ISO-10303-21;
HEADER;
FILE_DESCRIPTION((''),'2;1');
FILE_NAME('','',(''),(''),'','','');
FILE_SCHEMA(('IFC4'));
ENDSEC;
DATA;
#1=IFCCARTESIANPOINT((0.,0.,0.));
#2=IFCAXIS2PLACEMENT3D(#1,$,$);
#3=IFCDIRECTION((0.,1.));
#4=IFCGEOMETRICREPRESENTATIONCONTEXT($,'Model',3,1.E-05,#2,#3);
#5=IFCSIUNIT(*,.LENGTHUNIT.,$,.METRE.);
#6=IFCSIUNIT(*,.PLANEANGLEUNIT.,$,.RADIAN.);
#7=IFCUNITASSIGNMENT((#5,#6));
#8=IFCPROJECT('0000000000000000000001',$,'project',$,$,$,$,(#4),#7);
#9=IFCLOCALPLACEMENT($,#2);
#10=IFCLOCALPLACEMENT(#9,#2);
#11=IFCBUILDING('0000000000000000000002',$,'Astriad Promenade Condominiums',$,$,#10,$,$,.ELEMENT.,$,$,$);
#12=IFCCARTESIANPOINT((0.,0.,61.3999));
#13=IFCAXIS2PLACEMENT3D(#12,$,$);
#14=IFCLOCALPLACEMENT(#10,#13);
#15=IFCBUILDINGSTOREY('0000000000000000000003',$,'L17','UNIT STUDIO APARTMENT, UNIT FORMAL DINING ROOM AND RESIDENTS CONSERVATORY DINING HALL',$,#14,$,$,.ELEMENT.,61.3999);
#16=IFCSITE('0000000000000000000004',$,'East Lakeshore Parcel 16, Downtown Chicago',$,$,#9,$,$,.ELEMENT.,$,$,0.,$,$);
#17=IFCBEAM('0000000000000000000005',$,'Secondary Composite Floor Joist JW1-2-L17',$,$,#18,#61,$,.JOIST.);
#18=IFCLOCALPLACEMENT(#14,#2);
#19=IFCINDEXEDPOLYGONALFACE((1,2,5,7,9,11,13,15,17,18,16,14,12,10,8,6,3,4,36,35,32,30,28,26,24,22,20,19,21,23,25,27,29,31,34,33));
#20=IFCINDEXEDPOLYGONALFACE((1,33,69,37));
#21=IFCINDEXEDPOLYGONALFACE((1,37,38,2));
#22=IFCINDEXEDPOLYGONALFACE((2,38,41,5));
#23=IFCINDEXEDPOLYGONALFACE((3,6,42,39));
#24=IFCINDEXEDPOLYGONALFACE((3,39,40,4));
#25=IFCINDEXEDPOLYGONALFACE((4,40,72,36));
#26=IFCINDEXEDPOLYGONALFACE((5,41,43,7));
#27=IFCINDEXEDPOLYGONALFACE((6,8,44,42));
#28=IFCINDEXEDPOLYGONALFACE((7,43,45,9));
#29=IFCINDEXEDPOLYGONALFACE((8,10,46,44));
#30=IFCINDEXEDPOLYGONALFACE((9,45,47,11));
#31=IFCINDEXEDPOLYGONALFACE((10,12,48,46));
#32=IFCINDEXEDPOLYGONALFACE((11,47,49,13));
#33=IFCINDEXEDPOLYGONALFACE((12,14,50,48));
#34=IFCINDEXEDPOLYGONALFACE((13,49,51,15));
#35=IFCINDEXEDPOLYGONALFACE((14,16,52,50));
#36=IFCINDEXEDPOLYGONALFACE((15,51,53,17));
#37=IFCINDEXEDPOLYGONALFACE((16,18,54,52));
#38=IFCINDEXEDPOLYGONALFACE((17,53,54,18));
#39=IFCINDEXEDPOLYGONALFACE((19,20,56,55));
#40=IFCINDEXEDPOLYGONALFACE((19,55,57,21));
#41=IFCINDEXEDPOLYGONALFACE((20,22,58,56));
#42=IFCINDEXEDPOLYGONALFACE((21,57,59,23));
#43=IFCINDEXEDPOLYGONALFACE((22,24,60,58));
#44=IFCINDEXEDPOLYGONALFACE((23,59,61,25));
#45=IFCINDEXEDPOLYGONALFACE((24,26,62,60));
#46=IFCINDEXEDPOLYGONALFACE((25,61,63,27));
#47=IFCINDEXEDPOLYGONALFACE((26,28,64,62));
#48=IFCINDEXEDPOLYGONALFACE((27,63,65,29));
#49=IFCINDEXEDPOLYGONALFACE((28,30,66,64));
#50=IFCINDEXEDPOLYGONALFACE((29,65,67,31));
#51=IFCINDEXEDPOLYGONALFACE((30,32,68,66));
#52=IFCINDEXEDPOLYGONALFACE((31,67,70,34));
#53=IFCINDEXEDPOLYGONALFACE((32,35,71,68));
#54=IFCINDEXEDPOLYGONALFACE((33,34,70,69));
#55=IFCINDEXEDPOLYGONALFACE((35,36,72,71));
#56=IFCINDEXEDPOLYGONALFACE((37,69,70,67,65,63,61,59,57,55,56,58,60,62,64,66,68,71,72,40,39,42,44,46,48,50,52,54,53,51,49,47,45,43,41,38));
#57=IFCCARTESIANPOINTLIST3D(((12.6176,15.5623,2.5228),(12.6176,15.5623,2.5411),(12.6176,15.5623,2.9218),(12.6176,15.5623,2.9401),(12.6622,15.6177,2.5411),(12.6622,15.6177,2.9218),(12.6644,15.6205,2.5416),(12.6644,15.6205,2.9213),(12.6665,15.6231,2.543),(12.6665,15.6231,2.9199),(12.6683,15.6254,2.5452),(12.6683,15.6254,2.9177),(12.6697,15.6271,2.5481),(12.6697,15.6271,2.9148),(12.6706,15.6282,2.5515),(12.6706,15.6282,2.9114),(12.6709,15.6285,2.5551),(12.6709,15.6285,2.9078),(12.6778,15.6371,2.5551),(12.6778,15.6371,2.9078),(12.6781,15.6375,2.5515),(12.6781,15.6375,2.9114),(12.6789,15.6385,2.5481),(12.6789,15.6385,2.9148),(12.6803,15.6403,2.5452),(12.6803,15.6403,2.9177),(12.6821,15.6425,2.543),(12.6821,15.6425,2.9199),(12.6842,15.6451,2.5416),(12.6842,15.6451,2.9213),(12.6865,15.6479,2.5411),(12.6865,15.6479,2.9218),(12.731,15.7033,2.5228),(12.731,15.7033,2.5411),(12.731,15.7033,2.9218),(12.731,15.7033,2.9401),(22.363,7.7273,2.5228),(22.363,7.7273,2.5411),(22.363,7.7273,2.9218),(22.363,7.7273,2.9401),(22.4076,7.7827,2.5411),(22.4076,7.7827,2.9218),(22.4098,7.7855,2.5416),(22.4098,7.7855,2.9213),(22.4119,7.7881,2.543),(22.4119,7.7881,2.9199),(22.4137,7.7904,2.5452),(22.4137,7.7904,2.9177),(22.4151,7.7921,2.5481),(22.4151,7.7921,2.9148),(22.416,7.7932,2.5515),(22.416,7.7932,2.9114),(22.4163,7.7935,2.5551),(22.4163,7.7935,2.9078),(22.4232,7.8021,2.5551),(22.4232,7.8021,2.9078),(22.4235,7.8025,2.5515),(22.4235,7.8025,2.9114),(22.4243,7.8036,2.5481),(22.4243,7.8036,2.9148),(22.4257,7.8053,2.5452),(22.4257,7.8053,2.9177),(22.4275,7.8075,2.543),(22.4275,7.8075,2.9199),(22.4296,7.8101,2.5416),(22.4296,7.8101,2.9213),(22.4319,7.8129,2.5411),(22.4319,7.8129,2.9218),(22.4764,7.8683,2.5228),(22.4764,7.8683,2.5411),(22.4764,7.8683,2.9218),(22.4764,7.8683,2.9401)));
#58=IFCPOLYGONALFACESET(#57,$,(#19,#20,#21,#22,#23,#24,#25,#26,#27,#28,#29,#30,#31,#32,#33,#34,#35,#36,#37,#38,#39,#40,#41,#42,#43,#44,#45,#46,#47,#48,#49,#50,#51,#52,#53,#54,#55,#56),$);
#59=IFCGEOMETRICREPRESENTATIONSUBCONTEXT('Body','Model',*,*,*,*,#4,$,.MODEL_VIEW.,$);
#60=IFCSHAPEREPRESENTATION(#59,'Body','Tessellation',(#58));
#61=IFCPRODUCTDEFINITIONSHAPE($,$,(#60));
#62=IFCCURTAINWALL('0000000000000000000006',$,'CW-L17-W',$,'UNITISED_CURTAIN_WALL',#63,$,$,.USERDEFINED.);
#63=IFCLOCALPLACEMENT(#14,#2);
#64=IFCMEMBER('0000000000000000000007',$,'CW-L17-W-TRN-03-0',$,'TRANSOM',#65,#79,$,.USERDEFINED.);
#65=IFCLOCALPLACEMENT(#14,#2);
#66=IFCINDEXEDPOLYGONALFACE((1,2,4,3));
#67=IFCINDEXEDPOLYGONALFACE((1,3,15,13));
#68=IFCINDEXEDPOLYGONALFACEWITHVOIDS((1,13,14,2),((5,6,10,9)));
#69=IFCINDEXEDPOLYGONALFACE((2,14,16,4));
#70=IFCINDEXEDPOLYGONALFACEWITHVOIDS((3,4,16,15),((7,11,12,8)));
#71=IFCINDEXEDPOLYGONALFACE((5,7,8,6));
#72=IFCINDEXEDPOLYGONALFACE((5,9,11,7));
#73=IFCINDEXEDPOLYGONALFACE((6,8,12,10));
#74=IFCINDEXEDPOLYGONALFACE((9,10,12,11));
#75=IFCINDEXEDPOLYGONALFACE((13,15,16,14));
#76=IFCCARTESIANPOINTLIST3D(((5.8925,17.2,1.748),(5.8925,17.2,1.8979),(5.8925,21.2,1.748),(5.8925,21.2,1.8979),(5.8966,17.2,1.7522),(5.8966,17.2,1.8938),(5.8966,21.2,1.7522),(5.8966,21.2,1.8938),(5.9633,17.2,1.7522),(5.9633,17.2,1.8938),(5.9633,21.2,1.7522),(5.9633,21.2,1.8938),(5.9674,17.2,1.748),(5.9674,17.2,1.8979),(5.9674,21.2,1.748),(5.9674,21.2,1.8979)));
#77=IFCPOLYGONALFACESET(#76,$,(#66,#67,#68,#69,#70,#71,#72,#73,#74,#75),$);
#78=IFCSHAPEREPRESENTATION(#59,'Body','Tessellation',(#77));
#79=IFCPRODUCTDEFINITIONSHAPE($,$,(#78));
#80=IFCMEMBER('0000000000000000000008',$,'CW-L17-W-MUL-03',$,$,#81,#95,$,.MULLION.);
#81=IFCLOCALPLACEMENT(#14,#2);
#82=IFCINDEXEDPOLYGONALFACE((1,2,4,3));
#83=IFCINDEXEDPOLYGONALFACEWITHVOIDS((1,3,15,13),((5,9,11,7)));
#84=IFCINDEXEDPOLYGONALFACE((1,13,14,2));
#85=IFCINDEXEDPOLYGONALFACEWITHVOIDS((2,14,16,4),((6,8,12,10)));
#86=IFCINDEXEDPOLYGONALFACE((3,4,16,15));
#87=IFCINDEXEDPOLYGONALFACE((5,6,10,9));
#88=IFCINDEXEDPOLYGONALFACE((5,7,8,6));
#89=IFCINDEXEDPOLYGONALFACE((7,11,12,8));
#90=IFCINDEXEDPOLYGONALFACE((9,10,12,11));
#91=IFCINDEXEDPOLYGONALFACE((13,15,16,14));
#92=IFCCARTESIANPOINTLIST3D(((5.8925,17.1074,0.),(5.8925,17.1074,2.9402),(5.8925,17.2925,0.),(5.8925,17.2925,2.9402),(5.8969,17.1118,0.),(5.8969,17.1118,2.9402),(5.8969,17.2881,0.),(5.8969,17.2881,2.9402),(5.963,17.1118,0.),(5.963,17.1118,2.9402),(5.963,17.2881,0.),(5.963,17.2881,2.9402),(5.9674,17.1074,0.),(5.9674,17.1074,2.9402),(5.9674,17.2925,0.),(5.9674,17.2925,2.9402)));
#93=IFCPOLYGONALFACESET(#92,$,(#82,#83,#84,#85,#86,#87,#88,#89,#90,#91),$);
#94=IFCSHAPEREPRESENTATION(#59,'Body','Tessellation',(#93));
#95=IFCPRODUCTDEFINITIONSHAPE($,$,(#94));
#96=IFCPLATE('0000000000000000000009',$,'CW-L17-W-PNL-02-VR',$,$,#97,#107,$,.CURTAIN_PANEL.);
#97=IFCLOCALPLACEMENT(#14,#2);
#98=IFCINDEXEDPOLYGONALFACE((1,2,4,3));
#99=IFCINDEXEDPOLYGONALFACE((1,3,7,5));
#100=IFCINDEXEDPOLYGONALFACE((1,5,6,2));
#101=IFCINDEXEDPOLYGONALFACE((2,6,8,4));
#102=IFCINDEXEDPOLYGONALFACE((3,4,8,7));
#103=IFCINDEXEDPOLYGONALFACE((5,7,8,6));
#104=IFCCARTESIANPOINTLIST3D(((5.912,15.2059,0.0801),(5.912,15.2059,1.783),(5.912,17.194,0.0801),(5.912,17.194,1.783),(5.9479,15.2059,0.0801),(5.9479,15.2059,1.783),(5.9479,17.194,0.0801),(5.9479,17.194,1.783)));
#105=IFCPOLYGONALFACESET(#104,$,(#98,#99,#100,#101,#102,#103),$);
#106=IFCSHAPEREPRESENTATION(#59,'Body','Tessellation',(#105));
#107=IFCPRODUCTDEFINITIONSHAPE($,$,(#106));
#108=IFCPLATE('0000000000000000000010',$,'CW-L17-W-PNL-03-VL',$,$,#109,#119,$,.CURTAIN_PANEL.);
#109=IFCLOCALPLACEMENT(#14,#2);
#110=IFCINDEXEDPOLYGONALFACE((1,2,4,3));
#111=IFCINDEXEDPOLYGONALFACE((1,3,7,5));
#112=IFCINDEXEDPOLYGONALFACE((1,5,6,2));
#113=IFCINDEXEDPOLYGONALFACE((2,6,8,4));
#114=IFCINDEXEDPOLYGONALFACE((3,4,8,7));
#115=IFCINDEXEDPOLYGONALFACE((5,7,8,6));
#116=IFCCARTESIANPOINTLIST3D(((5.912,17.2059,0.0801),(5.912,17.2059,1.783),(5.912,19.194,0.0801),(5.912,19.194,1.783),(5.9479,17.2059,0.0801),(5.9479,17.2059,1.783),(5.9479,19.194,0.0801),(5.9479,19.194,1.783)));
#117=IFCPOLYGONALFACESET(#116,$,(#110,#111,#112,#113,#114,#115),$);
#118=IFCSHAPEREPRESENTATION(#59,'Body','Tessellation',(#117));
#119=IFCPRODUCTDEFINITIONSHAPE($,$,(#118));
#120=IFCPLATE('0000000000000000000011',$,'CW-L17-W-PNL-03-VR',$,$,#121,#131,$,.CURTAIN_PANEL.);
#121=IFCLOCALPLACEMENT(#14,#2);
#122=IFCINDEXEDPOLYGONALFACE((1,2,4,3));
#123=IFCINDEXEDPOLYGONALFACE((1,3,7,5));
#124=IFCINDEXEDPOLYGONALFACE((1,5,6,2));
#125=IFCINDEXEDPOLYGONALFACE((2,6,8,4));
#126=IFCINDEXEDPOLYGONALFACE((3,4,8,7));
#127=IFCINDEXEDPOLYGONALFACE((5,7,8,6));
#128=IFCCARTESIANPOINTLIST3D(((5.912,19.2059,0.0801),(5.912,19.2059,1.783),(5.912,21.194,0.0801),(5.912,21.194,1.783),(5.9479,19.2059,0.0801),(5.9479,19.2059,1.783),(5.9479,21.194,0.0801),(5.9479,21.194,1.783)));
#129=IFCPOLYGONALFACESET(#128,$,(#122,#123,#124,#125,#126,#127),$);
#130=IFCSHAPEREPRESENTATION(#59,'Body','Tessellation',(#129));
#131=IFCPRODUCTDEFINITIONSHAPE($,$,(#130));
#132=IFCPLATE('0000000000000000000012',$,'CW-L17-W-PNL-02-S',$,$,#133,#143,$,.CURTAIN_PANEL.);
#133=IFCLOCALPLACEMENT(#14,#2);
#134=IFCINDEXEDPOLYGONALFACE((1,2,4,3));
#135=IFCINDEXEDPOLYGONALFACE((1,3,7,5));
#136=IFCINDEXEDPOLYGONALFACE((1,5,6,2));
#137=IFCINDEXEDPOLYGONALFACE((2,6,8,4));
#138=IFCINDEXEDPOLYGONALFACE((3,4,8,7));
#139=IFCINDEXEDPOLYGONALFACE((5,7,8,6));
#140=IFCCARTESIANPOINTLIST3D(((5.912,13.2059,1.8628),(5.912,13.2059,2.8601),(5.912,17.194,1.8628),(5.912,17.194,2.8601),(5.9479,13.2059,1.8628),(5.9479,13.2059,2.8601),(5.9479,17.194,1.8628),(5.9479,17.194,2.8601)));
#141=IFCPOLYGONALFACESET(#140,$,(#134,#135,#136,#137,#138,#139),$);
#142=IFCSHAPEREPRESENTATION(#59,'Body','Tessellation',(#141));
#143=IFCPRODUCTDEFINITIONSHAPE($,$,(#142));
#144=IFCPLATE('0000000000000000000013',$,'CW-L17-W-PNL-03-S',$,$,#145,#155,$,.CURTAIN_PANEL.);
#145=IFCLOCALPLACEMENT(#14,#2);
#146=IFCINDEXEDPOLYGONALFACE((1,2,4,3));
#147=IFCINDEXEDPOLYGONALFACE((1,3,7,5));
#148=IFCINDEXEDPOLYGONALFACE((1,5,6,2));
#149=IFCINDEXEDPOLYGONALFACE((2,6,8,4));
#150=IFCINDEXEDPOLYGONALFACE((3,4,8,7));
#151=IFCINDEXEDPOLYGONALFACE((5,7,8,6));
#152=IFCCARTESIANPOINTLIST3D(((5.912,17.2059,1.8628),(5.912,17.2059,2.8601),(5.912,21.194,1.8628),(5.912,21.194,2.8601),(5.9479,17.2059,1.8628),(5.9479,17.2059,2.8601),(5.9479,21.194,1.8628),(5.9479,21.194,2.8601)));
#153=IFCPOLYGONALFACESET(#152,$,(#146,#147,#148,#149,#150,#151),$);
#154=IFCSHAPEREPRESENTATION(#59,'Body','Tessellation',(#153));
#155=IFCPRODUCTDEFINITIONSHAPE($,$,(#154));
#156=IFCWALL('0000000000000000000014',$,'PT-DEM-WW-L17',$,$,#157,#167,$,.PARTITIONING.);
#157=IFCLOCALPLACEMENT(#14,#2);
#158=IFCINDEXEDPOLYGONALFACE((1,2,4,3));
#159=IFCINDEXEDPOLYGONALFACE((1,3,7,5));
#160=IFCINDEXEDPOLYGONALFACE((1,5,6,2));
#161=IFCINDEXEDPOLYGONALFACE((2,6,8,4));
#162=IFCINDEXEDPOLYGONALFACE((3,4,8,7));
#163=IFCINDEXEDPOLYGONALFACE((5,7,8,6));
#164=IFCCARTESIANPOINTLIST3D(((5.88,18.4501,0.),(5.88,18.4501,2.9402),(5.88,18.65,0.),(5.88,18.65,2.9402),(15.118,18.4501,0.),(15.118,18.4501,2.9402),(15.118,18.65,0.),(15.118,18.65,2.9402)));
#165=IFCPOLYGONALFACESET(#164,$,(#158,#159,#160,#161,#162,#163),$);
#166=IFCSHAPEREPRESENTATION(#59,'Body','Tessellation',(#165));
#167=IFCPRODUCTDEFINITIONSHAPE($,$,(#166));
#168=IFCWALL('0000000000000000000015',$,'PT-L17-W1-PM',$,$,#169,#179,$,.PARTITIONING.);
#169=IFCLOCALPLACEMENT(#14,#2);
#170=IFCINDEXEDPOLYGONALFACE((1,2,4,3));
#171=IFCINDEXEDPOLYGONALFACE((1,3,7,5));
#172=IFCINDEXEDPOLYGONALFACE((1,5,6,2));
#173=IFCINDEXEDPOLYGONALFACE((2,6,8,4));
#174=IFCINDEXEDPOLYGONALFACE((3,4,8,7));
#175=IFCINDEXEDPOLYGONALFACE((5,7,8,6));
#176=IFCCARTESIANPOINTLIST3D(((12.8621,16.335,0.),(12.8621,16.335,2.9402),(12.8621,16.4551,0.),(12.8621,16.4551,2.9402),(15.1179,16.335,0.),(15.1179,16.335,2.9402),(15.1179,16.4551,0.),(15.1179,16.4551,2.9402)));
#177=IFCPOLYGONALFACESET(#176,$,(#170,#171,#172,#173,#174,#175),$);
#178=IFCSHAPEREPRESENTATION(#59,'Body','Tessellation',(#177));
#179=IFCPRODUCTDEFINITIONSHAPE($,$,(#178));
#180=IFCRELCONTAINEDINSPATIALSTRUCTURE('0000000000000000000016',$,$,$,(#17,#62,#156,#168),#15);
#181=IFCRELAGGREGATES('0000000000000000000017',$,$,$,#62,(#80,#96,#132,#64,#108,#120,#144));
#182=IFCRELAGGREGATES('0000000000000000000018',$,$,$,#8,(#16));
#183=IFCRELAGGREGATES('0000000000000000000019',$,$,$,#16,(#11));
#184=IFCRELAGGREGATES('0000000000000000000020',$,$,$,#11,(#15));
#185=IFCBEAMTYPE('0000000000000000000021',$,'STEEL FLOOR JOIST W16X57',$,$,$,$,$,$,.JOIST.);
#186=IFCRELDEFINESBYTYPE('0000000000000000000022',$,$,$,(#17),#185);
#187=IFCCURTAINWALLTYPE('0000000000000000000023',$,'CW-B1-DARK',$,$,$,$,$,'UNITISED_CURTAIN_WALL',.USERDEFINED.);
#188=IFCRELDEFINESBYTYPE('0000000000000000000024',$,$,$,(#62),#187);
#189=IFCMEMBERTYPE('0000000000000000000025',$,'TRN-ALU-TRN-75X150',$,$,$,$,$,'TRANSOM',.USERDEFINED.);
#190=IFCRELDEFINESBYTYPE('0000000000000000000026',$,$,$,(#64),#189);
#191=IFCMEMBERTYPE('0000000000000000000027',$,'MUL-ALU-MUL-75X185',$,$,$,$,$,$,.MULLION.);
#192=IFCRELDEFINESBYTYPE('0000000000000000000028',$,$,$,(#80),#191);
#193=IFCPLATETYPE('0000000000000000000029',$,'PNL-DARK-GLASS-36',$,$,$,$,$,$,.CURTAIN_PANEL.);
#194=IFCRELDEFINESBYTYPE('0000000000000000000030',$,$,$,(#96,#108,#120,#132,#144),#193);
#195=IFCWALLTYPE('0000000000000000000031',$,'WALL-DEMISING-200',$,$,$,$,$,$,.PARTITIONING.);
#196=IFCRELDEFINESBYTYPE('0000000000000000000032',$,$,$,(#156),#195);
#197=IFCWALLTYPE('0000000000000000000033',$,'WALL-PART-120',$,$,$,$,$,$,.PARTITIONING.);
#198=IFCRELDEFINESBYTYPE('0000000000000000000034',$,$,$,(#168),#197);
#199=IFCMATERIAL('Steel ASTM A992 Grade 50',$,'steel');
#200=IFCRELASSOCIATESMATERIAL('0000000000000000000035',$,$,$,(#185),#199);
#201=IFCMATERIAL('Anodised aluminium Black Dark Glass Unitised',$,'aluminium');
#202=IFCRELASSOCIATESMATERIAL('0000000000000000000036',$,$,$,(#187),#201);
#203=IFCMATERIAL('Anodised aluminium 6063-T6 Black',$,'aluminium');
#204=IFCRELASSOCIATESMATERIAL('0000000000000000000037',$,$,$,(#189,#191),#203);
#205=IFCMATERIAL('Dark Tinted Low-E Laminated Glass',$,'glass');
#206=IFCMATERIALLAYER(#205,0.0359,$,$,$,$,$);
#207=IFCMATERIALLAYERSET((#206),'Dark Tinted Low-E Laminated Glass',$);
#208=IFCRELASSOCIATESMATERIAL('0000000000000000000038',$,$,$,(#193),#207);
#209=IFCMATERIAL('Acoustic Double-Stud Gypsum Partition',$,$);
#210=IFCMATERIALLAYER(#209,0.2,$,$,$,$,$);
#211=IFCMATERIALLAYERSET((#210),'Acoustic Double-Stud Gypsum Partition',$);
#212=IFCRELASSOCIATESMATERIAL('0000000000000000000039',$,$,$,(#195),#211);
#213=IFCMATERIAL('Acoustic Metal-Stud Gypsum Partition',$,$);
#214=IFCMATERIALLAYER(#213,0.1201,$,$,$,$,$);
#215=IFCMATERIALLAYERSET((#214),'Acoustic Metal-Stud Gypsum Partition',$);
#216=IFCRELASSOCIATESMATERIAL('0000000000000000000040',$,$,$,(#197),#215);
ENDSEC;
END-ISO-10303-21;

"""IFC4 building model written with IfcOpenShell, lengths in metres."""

from ifc_helpers import new_model, si_unit, direction, frame, frame_2d, origin, origin_2d, place, context, subcontext, project, spatial, rectangle, hollow_rectangle, i_section, extrude, source, transform, mapped, material, layer, layer_set, material_profile, profile_set, type_object, type_shapes, element, aggregate, save


model = new_model("IFC4")

# Units and contexts
model_context = context("Model", 3, precision=1e-05, world=origin(), true_north=direction((0.0, 1.0)))
body_context = subcontext(model_context, "Body", "Model", "MODEL_VIEW")
ifc_project = project(units=[si_unit("LENGTHUNIT", "METRE"), si_unit("PLANEANGLEUNIT", "RADIAN")], contexts=[model_context])

# Site, building, storey
site_placement = place(None, origin())
site = spatial("IfcSite", under=ifc_project, at=site_placement, Name="East Lakeshore Parcel 16, Downtown Chicago", CompositionType="ELEMENT", RefElevation=0.0)
building_placement = place(site_placement, origin())
building = spatial("IfcBuilding", under=site, at=building_placement, Name="Astriad Promenade Condominiums", CompositionType="ELEMENT")
storey_placement = place(building_placement, frame((0.0, 0.0, 61.3999)))
storey = spatial("IfcBuildingStorey", under=building, at=storey_placement, Name="L17", Description="UNIT STUDIO APARTMENT, UNIT FORMAL DINING ROOM AND RESIDENTS CONSERVATORY DINING HALL", CompositionType="ELEMENT", Elevation=61.3999)

# Beam
ifc_material_1 = material(Name="Steel ASTM A992 Grade 50", Category="steel")
ifc_material_profile_1 = material_profile(ifc_material_1, i_section(OverallWidth=0.1809, OverallDepth=0.4172, WebThickness=0.011, FlangeThickness=0.0183, FilletRadius=0.0139, at=origin_2d()), Name="W16X57")
ifc_profile_set_1 = profile_set([ifc_material_profile_1], Name="Steel ASTM A992 Grade 50")
beam_type_1 = type_object("IfcBeamType", Name="STEEL FLOOR JOIST W16X57", PredefinedType="JOIST", material=ifc_profile_set_1)
shared_shape_1 = source(origin(), body_context, "Body", "SweptSolid", [
    extrude(i_section(OverallWidth=0.1809, OverallDepth=0.4172, WebThickness=0.011, FlangeThickness=0.0183, FilletRadius=0.0139, at=origin_2d()), origin(), (0.0, 0.0, 1.0), 12.5044),
])
beam_1_placement = place(storey_placement, frame((12.6743, 15.6328, 2.7314), z_axis=(0.779358, -0.626579, 0.0), x_axis=(0.626579, 0.779358, 0.0)))
element("IfcBeam", 1, at=beam_1_placement, inside=storey, type_object=beam_type_1, Name="Secondary Composite Floor Joist JW1-2-L17", PredefinedType="JOIST", context=body_context, shape_type="MappedRepresentation", body=[
    mapped(shared_shape_1, transform((0.0, 0.0, 0.0), scale=1.0)),
])

# Curtain wall, members, plates
ifc_material_2 = material(Name="Anodised aluminium Black Dark Glass Unitised", Category="aluminium")
curtain_wall_type = type_object("IfcCurtainWallType", Name="CW-B1-DARK", ElementType="UNITISED_CURTAIN_WALL", PredefinedType="USERDEFINED", material=ifc_material_2)
curtain_wall_placement = place(storey_placement, origin())
curtain_wall = element("IfcCurtainWall", 2, at=curtain_wall_placement, inside=storey, type_object=curtain_wall_type, Name="CW-L17-W", ObjectType="UNITISED_CURTAIN_WALL", PredefinedType="USERDEFINED")
ifc_material_3 = material(Name="Anodised aluminium 6063-T6 Black", Category="aluminium")
ifc_material_profile_2 = material_profile(ifc_material_3, hollow_rectangle(XDim=0.075, YDim=0.1499, WallThickness=0.0042, at=origin_2d()), Name="ALU-TRN-75X150")
ifc_profile_set_2 = profile_set([ifc_material_profile_2], Name="Anodised aluminium 6063-T6 Black")
member_type_1 = type_object("IfcMemberType", Name="TRN-ALU-TRN-75X150", ElementType="TRANSOM", PredefinedType="USERDEFINED", material=ifc_profile_set_2)
shared_shape_2 = source(origin(), body_context, "Body", "SweptSolid", [
    extrude(hollow_rectangle(XDim=0.075, YDim=0.1499, WallThickness=0.0042, at=origin_2d()), origin(), (0.0, 0.0, 1.0), 4.0),
])
type_shapes(member_type_1, [shared_shape_2])
member_1_placement = place(storey_placement, frame((5.9299, 17.2, 1.823), z_axis=(0.0, 1.0, 0.0), x_axis=(-1.0, 0.0, 0.0)))
member_1 = element("IfcMember", 3, at=member_1_placement, type_object=member_type_1, Name="CW-L17-W-TRN-03-0", ObjectType="TRANSOM", PredefinedType="USERDEFINED", context=body_context, shape_type="MappedRepresentation", body=[
    mapped(shared_shape_2, transform((0.0, 0.0, 0.0), scale=1.0)),
])
ifc_material_profile_3 = material_profile(ifc_material_3, hollow_rectangle(XDim=0.075, YDim=0.1851, WallThickness=0.0044, at=origin_2d()), Name="ALU-MUL-75X185")
ifc_profile_set_3 = profile_set([ifc_material_profile_3], Name="Anodised aluminium 6063-T6 Black")
member_type_2 = type_object("IfcMemberType", Name="MUL-ALU-MUL-75X185", PredefinedType="MULLION", material=ifc_profile_set_3)
shared_shape_3 = source(origin(), body_context, "Body", "SweptSolid", [
    extrude(hollow_rectangle(XDim=0.075, YDim=0.1851, WallThickness=0.0044, at=origin_2d()), origin(), (0.0, 0.0, 1.0), 2.9402),
])
type_shapes(member_type_2, [shared_shape_3])
member_2_placement = place(storey_placement, frame((5.9299, 17.2, 0.0), z_axis=(0.0, 0.0, 1.0), x_axis=(1.0, 0.0, 0.0)))
member_2 = element("IfcMember", 4, at=member_2_placement, type_object=member_type_2, Name="CW-L17-W-MUL-03", PredefinedType="MULLION", context=body_context, shape_type="MappedRepresentation", body=[
    mapped(shared_shape_3, transform((0.0, 0.0, 0.0), scale=1.0)),
])
ifc_material_4 = material(Name="Dark Tinted Low-E Laminated Glass", Category="glass")
ifc_layer_1 = layer(ifc_material_4, 0.0359)
ifc_layer_set_1 = layer_set([ifc_layer_1], Name="Dark Tinted Low-E Laminated Glass")
plate_type = type_object("IfcPlateType", Name="PNL-DARK-GLASS-36", PredefinedType="CURTAIN_PANEL", material=ifc_layer_set_1)
shared_shape_4 = source(origin(), body_context, "Body", "SweptSolid", [
    extrude(rectangle(XDim=1.988, YDim=0.0359, at=origin_2d()), origin(), (0.0, 0.0, 1.0), 1.7029),
])
plate_1_placement = place(storey_placement, frame((5.9299, 16.2, 0.0801), z_axis=(0.0, 0.0, 1.0), x_axis=(0.0, 1.0, 0.0)))
plate_1 = element("IfcPlate", 5, at=plate_1_placement, type_object=plate_type, Name="CW-L17-W-PNL-02-VR", PredefinedType="CURTAIN_PANEL", context=body_context, shape_type="MappedRepresentation", body=[
    mapped(shared_shape_4, transform((0.0, 0.0, 0.0), scale=1.0)),
])
plate_2_placement = place(storey_placement, frame((5.9299, 18.2, 0.0801), z_axis=(0.0, 0.0, 1.0), x_axis=(0.0, 1.0, 0.0)))
plate_2 = element("IfcPlate", 6, at=plate_2_placement, type_object=plate_type, Name="CW-L17-W-PNL-03-VL", PredefinedType="CURTAIN_PANEL", context=body_context, shape_type="MappedRepresentation", body=[
    mapped(shared_shape_4, transform((0.0, 0.0, 0.0), scale=1.0)),
])
plate_3_placement = place(storey_placement, frame((5.9299, 20.2, 0.0801), z_axis=(0.0, 0.0, 1.0), x_axis=(0.0, 1.0, 0.0)))
plate_3 = element("IfcPlate", 7, at=plate_3_placement, type_object=plate_type, Name="CW-L17-W-PNL-03-VR", PredefinedType="CURTAIN_PANEL", context=body_context, shape_type="MappedRepresentation", body=[
    mapped(shared_shape_4, transform((0.0, 0.0, 0.0), scale=1.0)),
])
shared_shape_5 = source(origin(), body_context, "Body", "SweptSolid", [
    extrude(rectangle(XDim=3.988, YDim=0.0359, at=origin_2d()), origin(), (0.0, 0.0, 1.0), 0.9973),
])
type_shapes(plate_type, [shared_shape_4, shared_shape_5])
plate_4_placement = place(storey_placement, frame((5.9299, 15.2, 1.8628), z_axis=(0.0, 0.0, 1.0), x_axis=(0.0, 1.0, 0.0)))
plate_4 = element("IfcPlate", 8, at=plate_4_placement, type_object=plate_type, Name="CW-L17-W-PNL-02-S", PredefinedType="CURTAIN_PANEL", context=body_context, shape_type="MappedRepresentation", body=[
    mapped(shared_shape_5, transform((0.0, 0.0, 0.0), scale=1.0)),
])
plate_5_placement = place(storey_placement, frame((5.9299, 19.2, 1.8628), z_axis=(0.0, 0.0, 1.0), x_axis=(0.0, 1.0, 0.0)))
plate_5 = element("IfcPlate", 9, at=plate_5_placement, type_object=plate_type, Name="CW-L17-W-PNL-03-S", PredefinedType="CURTAIN_PANEL", context=body_context, shape_type="MappedRepresentation", body=[
    mapped(shared_shape_5, transform((0.0, 0.0, 0.0), scale=1.0)),
])
aggregate(curtain_wall, [member_2, plate_1, plate_4, member_1, plate_2, plate_3, plate_5])

# Walls
ifc_material_5 = material(Name="Acoustic Double-Stud Gypsum Partition")
ifc_layer_2 = layer(ifc_material_5, 0.2)
ifc_layer_set_2 = layer_set([ifc_layer_2], Name="Acoustic Double-Stud Gypsum Partition")
wall_type_1 = type_object("IfcWallType", Name="WALL-DEMISING-200", PredefinedType="PARTITIONING", material=ifc_layer_set_2)
wall_1_placement = place(storey_placement, frame((5.8799, 18.55, 0.0), z_axis=(0.0, 0.0, 1.0), x_axis=(1.0, 0.0, 0.0)))
element("IfcWall", 10, at=wall_1_placement, inside=storey, type_object=wall_type_1, Name="PT-DEM-WW-L17", PredefinedType="PARTITIONING", context=body_context, shape_type="SweptSolid", body=[
    extrude(rectangle(XDim=9.238, YDim=0.2, at=frame_2d((4.6191, 0.0))), origin(), (0.0, 0.0, 1.0), 2.9402),
])
ifc_material_6 = material(Name="Acoustic Metal-Stud Gypsum Partition")
ifc_layer_3 = layer(ifc_material_6, 0.1201)
ifc_layer_set_3 = layer_set([ifc_layer_3], Name="Acoustic Metal-Stud Gypsum Partition")
wall_type_2 = type_object("IfcWallType", Name="WALL-PART-120", PredefinedType="PARTITIONING", material=ifc_layer_set_3)
wall_2_placement = place(storey_placement, frame((12.8621, 16.395, 0.0), z_axis=(0.0, 0.0, 1.0), x_axis=(1.0, 0.0, 0.0)))
element("IfcWall", 11, at=wall_2_placement, inside=storey, type_object=wall_type_2, Name="PT-L17-W1-PM", PredefinedType="PARTITIONING", context=body_context, shape_type="SweptSolid", body=[
    extrude(rectangle(XDim=2.2559, YDim=0.1201, at=frame_2d((1.1279, 0.0))), origin(), (0.0, 0.0, 1.0), 2.9402),
])

save(model, "model.ifc")
